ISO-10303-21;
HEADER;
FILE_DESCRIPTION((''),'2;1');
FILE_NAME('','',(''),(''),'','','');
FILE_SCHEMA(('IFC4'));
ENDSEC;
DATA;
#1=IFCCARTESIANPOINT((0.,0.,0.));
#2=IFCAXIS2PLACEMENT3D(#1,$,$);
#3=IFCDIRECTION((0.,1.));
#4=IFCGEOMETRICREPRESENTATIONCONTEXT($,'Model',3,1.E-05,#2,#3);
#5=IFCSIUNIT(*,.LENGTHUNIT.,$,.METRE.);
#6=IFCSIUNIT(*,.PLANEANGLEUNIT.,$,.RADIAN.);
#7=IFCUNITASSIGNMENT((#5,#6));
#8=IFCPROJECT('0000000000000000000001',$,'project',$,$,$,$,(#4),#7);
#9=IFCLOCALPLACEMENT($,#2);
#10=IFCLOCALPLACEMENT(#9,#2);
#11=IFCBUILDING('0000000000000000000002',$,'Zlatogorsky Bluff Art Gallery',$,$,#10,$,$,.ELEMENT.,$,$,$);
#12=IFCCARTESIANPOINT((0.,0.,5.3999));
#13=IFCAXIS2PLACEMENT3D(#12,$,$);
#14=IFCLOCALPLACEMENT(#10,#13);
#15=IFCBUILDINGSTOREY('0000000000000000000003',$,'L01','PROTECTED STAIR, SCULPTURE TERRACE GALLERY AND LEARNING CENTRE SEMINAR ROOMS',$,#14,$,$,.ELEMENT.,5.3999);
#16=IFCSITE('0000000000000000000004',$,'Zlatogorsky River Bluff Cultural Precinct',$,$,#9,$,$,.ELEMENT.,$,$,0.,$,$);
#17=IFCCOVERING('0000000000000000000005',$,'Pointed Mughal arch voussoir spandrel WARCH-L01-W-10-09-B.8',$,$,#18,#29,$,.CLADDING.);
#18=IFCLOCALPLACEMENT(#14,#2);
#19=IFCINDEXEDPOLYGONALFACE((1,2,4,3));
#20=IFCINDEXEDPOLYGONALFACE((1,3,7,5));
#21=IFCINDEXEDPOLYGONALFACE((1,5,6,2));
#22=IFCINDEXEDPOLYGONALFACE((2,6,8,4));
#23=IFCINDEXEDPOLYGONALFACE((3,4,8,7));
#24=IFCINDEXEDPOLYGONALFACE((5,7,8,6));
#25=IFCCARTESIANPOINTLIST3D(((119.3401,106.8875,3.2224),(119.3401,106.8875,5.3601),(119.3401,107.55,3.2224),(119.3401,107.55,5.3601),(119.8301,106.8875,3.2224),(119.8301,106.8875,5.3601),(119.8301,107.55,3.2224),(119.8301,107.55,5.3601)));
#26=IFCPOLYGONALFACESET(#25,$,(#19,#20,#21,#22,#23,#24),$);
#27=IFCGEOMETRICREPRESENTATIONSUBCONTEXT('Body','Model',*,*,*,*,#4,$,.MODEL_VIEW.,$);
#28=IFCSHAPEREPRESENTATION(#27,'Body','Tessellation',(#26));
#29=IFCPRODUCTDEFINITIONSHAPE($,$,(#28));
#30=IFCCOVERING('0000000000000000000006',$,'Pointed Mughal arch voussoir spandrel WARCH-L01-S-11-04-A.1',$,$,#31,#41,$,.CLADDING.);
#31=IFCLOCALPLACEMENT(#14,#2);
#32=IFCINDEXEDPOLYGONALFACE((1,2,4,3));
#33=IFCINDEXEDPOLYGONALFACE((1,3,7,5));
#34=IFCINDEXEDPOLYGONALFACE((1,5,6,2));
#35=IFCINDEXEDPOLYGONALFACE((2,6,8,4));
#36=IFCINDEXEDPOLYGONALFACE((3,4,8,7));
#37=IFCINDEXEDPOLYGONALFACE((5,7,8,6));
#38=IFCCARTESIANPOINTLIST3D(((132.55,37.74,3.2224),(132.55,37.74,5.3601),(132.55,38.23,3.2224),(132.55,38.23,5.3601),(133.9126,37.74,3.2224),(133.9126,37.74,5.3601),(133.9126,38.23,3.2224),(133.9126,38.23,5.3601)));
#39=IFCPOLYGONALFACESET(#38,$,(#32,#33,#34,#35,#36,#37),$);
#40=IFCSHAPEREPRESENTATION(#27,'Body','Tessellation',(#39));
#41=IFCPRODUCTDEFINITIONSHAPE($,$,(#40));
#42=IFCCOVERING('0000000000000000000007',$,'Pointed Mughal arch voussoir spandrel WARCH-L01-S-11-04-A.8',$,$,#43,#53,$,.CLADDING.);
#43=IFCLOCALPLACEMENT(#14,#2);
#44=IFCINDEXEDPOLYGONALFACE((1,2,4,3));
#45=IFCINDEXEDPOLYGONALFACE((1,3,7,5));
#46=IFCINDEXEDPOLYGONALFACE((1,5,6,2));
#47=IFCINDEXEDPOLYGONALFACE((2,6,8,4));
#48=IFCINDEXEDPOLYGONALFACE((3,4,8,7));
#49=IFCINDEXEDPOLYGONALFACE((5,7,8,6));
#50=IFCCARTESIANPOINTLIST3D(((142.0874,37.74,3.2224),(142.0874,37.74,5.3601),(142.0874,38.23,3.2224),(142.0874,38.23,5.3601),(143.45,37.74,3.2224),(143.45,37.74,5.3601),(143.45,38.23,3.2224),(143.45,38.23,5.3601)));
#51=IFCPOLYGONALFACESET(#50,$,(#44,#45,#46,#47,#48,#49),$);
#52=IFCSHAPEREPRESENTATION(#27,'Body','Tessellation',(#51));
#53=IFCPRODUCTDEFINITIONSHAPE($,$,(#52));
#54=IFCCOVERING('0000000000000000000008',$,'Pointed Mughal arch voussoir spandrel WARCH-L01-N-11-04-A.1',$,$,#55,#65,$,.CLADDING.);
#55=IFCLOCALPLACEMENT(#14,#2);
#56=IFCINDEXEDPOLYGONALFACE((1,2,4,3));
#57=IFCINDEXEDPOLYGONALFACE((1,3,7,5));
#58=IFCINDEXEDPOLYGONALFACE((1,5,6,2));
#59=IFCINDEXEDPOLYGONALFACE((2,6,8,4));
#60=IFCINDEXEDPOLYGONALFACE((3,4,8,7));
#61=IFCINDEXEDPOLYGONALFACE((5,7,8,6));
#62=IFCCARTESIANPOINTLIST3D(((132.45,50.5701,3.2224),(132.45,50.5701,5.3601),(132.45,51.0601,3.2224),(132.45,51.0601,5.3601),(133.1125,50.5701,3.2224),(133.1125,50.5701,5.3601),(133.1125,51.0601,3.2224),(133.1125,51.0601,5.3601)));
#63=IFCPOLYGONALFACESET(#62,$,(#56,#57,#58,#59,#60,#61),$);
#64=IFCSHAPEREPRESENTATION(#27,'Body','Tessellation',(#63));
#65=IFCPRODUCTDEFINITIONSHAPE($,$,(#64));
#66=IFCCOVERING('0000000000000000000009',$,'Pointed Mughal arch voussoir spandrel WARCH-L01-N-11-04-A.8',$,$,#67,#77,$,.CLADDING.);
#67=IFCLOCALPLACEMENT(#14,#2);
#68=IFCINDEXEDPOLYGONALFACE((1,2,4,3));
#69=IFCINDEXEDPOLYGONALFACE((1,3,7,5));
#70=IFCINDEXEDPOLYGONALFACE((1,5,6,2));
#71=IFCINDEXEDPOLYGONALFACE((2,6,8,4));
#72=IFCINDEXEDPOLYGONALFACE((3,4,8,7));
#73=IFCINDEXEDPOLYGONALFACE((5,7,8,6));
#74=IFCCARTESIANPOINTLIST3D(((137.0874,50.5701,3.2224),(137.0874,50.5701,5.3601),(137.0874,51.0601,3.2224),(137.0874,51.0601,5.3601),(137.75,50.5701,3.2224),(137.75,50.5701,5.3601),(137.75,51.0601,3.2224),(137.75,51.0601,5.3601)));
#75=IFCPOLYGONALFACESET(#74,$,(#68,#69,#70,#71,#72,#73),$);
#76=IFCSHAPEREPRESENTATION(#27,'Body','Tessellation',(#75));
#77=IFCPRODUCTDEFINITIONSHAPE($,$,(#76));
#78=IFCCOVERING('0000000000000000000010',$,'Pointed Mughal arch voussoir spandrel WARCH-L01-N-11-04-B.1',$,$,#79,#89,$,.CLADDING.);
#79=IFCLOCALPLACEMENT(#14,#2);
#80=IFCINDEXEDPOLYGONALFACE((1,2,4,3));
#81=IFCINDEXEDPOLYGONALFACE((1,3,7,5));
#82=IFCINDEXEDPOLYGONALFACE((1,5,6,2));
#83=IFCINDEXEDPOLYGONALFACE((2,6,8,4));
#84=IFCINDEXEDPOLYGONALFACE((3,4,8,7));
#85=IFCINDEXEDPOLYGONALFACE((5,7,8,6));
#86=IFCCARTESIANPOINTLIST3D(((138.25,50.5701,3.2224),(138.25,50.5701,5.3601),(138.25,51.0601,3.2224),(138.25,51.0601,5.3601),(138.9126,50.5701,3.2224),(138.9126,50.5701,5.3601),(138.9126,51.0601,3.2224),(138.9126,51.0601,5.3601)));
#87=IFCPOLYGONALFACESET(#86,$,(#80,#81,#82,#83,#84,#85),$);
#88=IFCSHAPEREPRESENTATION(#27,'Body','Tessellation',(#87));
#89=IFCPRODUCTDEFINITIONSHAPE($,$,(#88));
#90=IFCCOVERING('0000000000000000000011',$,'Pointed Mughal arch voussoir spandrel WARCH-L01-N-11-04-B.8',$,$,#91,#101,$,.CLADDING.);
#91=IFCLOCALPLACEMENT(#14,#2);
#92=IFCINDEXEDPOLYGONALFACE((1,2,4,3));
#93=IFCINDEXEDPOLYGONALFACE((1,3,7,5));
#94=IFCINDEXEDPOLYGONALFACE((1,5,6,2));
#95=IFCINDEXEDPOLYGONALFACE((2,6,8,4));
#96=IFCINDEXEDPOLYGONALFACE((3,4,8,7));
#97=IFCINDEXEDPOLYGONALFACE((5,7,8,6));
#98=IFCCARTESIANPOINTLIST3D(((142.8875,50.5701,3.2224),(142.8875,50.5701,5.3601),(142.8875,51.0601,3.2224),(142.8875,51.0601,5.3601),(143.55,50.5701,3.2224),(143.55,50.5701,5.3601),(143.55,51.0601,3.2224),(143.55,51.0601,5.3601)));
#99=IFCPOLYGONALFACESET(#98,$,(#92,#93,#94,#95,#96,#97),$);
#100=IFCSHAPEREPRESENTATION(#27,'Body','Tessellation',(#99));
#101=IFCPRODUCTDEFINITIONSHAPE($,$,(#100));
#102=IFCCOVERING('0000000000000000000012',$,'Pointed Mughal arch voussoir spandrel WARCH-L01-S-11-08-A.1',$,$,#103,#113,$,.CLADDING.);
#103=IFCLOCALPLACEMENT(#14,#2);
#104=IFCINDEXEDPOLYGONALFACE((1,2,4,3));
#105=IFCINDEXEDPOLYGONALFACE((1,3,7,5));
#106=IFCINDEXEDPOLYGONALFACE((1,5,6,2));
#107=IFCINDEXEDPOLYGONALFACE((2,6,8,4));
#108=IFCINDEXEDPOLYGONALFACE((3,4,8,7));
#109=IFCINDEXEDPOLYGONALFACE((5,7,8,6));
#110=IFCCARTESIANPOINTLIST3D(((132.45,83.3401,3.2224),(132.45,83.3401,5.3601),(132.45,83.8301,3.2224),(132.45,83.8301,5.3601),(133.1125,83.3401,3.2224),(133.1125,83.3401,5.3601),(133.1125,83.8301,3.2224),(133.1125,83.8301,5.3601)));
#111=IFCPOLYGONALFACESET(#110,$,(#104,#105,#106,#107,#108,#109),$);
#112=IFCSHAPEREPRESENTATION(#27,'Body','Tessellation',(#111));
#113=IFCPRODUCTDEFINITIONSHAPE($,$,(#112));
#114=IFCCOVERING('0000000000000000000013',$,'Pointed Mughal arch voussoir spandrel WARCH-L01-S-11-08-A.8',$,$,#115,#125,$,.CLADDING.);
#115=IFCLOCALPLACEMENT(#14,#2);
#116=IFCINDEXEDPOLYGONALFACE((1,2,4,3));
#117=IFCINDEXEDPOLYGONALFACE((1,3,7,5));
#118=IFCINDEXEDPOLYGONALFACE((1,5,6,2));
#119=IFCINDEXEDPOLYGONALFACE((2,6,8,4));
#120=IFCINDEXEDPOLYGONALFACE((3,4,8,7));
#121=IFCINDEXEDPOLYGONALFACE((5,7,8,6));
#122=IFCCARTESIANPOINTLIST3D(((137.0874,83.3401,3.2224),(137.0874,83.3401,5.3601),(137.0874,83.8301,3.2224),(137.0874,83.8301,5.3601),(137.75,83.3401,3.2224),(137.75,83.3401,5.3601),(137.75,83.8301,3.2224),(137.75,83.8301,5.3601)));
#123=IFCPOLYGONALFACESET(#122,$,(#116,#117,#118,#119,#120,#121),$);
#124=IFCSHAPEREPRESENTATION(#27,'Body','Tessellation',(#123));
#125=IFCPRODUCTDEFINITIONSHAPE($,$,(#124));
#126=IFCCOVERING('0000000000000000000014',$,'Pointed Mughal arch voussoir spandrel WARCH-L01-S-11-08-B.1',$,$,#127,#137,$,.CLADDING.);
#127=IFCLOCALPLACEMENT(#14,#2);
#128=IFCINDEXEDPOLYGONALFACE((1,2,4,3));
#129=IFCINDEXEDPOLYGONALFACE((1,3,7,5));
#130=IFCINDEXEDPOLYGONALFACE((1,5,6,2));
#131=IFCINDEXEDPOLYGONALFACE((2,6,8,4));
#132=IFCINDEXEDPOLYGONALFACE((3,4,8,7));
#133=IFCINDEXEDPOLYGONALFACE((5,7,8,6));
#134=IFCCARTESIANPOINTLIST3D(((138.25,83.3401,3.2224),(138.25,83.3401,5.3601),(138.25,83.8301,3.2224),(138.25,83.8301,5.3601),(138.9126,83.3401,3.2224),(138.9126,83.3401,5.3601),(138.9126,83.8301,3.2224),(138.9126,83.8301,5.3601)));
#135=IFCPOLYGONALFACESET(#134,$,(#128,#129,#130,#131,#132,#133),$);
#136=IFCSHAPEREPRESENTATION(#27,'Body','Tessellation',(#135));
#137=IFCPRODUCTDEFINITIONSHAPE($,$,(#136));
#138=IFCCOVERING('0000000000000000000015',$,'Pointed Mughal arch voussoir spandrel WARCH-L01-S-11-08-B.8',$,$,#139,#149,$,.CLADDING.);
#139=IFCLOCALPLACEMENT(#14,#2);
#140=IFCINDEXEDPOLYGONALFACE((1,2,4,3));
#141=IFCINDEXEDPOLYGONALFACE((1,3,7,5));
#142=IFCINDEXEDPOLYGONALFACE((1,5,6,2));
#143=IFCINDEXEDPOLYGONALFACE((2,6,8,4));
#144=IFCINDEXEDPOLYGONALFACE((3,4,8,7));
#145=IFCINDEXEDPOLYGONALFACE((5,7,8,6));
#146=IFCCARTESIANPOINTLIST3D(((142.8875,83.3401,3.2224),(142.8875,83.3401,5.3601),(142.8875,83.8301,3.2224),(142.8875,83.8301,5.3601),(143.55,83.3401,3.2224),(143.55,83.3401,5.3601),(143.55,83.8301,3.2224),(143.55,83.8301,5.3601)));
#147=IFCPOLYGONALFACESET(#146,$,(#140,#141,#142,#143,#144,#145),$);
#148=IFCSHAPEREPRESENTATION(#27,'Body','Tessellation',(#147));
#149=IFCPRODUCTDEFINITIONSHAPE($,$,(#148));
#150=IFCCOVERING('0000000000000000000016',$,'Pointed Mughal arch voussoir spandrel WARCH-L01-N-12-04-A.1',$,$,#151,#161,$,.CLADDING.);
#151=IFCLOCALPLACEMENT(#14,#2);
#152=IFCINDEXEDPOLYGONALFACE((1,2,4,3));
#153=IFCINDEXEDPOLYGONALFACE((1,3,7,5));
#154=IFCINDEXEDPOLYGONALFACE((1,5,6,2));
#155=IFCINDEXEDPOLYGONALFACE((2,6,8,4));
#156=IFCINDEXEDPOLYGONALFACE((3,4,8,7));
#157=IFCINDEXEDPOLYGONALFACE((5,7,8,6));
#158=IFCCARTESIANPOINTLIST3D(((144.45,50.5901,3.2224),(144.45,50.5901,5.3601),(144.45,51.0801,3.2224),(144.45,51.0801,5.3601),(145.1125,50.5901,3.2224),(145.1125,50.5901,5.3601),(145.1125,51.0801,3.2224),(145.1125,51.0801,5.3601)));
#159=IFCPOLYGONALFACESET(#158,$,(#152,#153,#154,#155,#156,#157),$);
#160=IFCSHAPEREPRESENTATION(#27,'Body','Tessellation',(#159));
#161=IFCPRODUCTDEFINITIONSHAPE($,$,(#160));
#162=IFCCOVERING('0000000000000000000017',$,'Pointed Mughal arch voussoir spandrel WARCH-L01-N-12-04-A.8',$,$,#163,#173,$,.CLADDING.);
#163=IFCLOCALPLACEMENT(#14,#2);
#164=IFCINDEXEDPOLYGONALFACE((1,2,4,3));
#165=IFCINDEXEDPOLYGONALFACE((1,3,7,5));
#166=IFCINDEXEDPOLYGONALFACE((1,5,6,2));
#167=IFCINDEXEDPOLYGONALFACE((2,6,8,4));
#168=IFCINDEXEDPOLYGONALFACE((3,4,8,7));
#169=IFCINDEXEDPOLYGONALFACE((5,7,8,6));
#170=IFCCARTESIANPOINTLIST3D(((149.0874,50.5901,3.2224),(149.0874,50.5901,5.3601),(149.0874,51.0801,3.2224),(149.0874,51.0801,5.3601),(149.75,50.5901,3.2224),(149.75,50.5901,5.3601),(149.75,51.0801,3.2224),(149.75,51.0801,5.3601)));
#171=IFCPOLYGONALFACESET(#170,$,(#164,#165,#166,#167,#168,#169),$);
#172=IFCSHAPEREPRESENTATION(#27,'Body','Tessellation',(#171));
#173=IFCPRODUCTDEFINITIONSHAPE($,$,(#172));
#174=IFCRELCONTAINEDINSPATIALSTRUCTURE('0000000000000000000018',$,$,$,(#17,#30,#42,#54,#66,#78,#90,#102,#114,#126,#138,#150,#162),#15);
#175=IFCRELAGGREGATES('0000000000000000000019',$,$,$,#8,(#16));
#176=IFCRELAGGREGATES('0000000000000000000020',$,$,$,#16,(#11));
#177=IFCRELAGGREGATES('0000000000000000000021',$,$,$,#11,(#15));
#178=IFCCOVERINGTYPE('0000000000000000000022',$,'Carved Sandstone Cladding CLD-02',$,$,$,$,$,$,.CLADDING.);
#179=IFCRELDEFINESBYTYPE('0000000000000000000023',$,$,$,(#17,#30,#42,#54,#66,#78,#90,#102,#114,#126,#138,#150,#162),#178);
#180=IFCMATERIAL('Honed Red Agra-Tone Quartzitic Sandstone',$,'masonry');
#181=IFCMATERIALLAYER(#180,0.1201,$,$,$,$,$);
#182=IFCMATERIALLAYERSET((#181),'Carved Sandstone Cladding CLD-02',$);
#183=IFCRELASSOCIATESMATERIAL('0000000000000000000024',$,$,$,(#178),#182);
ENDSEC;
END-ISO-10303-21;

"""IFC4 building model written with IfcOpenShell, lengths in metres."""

from ifc_helpers import new_model, si_unit, direction, frame, origin, place, context, subcontext, project, spatial, polyline, outline, extrude, material, layer, layer_set, type_object, element, save


model = new_model("IFC4")

# Units and contexts
model_context = context("Model", 3, precision=1e-05, world=origin(), true_north=direction((0.0, 1.0)))
body_context = subcontext(model_context, "Body", "Model", "MODEL_VIEW")
ifc_project = project(units=[si_unit("LENGTHUNIT", "METRE"), si_unit("PLANEANGLEUNIT", "RADIAN")], contexts=[model_context])

# Site, building, storey
site_placement = place(None, origin())
site = spatial("IfcSite", under=ifc_project, at=site_placement, Name="Zlatogorsky River Bluff Cultural Precinct", CompositionType="ELEMENT", RefElevation=0.0)
building_placement = place(site_placement, origin())
building = spatial("IfcBuilding", under=site, at=building_placement, Name="Zlatogorsky Bluff Art Gallery", CompositionType="ELEMENT")
storey_placement = place(building_placement, frame((0.0, 0.0, 5.3999)))
storey = spatial("IfcBuildingStorey", under=building, at=storey_placement, Name="L01", Description="PROTECTED STAIR, SCULPTURE TERRACE GALLERY AND LEARNING CENTRE SEMINAR ROOMS", CompositionType="ELEMENT", Elevation=5.3999)

# Coverings
ifc_material = material(Name="Honed Red Agra-Tone Quartzitic Sandstone", Category="masonry")
ifc_layer = layer(ifc_material, 0.1201)
ifc_layer_set = layer_set([ifc_layer], Name="Carved Sandstone Cladding CLD-02")
covering_type = type_object("IfcCoveringType", Name="Carved Sandstone Cladding CLD-02", PredefinedType="CLADDING", material=ifc_layer_set)
covering_1_placement = place(storey_placement, frame((0.0, 0.0, 3.2224)))
element("IfcCovering", 1, at=covering_1_placement, inside=storey, type_object=covering_type, Name="Pointed Mughal arch voussoir spandrel WARCH-L01-W-10-09-B.8", PredefinedType="CLADDING", context=body_context, shape_type="SweptSolid", body=[
    extrude(outline(polyline([(119.3401, 106.8875), (119.3401, 107.55), (119.8301, 107.55), (119.8301, 106.8875), (119.3401, 106.8875)])), origin(), (0.0, 0.0, 1.0), 2.1377),
])
covering_2_placement = place(storey_placement, frame((0.0, 0.0, 3.2224)))
element("IfcCovering", 2, at=covering_2_placement, inside=storey, type_object=covering_type, Name="Pointed Mughal arch voussoir spandrel WARCH-L01-S-11-04-A.1", PredefinedType="CLADDING", context=body_context, shape_type="SweptSolid", body=[
    extrude(outline(polyline([(132.55, 37.74), (133.9126, 37.74), (133.9126, 38.23), (132.55, 38.23), (132.55, 37.74)])), origin(), (0.0, 0.0, 1.0), 2.1377),
])
covering_3_placement = place(storey_placement, frame((0.0, 0.0, 3.2224)))
element("IfcCovering", 3, at=covering_3_placement, inside=storey, type_object=covering_type, Name="Pointed Mughal arch voussoir spandrel WARCH-L01-S-11-04-A.8", PredefinedType="CLADDING", context=body_context, shape_type="SweptSolid", body=[
    extrude(outline(polyline([(142.0874, 37.74), (143.45, 37.74), (143.45, 38.23), (142.0874, 38.23), (142.0874, 37.74)])), origin(), (0.0, 0.0, 1.0), 2.1377),
])
covering_4_placement = place(storey_placement, frame((0.0, 0.0, 3.2224)))
element("IfcCovering", 4, at=covering_4_placement, inside=storey, type_object=covering_type, Name="Pointed Mughal arch voussoir spandrel WARCH-L01-N-11-04-A.1", PredefinedType="CLADDING", context=body_context, shape_type="SweptSolid", body=[
    extrude(outline(polyline([(132.45, 50.5701), (133.1125, 50.5701), (133.1125, 51.0601), (132.45, 51.0601), (132.45, 50.5701)])), origin(), (0.0, 0.0, 1.0), 2.1377),
])
covering_5_placement = place(storey_placement, frame((0.0, 0.0, 3.2224)))
element("IfcCovering", 5, at=covering_5_placement, inside=storey, type_object=covering_type, Name="Pointed Mughal arch voussoir spandrel WARCH-L01-N-11-04-A.8", PredefinedType="CLADDING", context=body_context, shape_type="SweptSolid", body=[
    extrude(outline(polyline([(137.0874, 50.5701), (137.75, 50.5701), (137.75, 51.0601), (137.0874, 51.0601), (137.0874, 50.5701)])), origin(), (0.0, 0.0, 1.0), 2.1377),
])
covering_6_placement = place(storey_placement, frame((0.0, 0.0, 3.2224)))
element("IfcCovering", 6, at=covering_6_placement, inside=storey, type_object=covering_type, Name="Pointed Mughal arch voussoir spandrel WARCH-L01-N-11-04-B.1", PredefinedType="CLADDING", context=body_context, shape_type="SweptSolid", body=[
    extrude(outline(polyline([(138.25, 50.5701), (138.9126, 50.5701), (138.9126, 51.0601), (138.25, 51.0601), (138.25, 50.5701)])), origin(), (0.0, 0.0, 1.0), 2.1377),
])
covering_7_placement = place(storey_placement, frame((0.0, 0.0, 3.2224)))
element("IfcCovering", 7, at=covering_7_placement, inside=storey, type_object=covering_type, Name="Pointed Mughal arch voussoir spandrel WARCH-L01-N-11-04-B.8", PredefinedType="CLADDING", context=body_context, shape_type="SweptSolid", body=[
    extrude(outline(polyline([(142.8875, 50.5701), (143.55, 50.5701), (143.55, 51.0601), (142.8875, 51.0601), (142.8875, 50.5701)])), origin(), (0.0, 0.0, 1.0), 2.1377),
])
covering_8_placement = place(storey_placement, frame((0.0, 0.0, 3.2224)))
element("IfcCovering", 8, at=covering_8_placement, inside=storey, type_object=covering_type, Name="Pointed Mughal arch voussoir spandrel WARCH-L01-S-11-08-A.1", PredefinedType="CLADDING", context=body_context, shape_type="SweptSolid", body=[
    extrude(outline(polyline([(132.45, 83.3401), (133.1125, 83.3401), (133.1125, 83.8301), (132.45, 83.8301), (132.45, 83.3401)])), origin(), (0.0, 0.0, 1.0), 2.1377),
])
covering_9_placement = place(storey_placement, frame((0.0, 0.0, 3.2224)))
element("IfcCovering", 9, at=covering_9_placement, inside=storey, type_object=covering_type, Name="Pointed Mughal arch voussoir spandrel WARCH-L01-S-11-08-A.8", PredefinedType="CLADDING", context=body_context, shape_type="SweptSolid", body=[
    extrude(outline(polyline([(137.0874, 83.3401), (137.75, 83.3401), (137.75, 83.8301), (137.0874, 83.8301), (137.0874, 83.3401)])), origin(), (0.0, 0.0, 1.0), 2.1377),
])
covering_10_placement = place(storey_placement, frame((0.0, 0.0, 3.2224)))
element("IfcCovering", 10, at=covering_10_placement, inside=storey, type_object=covering_type, Name="Pointed Mughal arch voussoir spandrel WARCH-L01-S-11-08-B.1", PredefinedType="CLADDING", context=body_context, shape_type="SweptSolid", body=[
    extrude(outline(polyline([(138.25, 83.3401), (138.9126, 83.3401), (138.9126, 83.8301), (138.25, 83.8301), (138.25, 83.3401)])), origin(), (0.0, 0.0, 1.0), 2.1377),
])
covering_11_placement = place(storey_placement, frame((0.0, 0.0, 3.2224)))
element("IfcCovering", 11, at=covering_11_placement, inside=storey, type_object=covering_type, Name="Pointed Mughal arch voussoir spandrel WARCH-L01-S-11-08-B.8", PredefinedType="CLADDING", context=body_context, shape_type="SweptSolid", body=[
    extrude(outline(polyline([(142.8875, 83.3401), (143.55, 83.3401), (143.55, 83.8301), (142.8875, 83.8301), (142.8875, 83.3401)])), origin(), (0.0, 0.0, 1.0), 2.1377),
])
covering_12_placement = place(storey_placement, frame((0.0, 0.0, 3.2224)))
element("IfcCovering", 12, at=covering_12_placement, inside=storey, type_object=covering_type, Name="Pointed Mughal arch voussoir spandrel WARCH-L01-N-12-04-A.1", PredefinedType="CLADDING", context=body_context, shape_type="SweptSolid", body=[
    extrude(outline(polyline([(144.45, 50.5901), (145.1125, 50.5901), (145.1125, 51.0801), (144.45, 51.0801), (144.45, 50.5901)])), origin(), (0.0, 0.0, 1.0), 2.1377),
])
covering_13_placement = place(storey_placement, frame((0.0, 0.0, 3.2224)))
element("IfcCovering", 13, at=covering_13_placement, inside=storey, type_object=covering_type, Name="Pointed Mughal arch voussoir spandrel WARCH-L01-N-12-04-A.8", PredefinedType="CLADDING", context=body_context, shape_type="SweptSolid", body=[
    extrude(outline(polyline([(149.0874, 50.5901), (149.75, 50.5901), (149.75, 51.0801), (149.0874, 51.0801), (149.0874, 50.5901)])), origin(), (0.0, 0.0, 1.0), 2.1377),
])

save(model, "model.ifc")
